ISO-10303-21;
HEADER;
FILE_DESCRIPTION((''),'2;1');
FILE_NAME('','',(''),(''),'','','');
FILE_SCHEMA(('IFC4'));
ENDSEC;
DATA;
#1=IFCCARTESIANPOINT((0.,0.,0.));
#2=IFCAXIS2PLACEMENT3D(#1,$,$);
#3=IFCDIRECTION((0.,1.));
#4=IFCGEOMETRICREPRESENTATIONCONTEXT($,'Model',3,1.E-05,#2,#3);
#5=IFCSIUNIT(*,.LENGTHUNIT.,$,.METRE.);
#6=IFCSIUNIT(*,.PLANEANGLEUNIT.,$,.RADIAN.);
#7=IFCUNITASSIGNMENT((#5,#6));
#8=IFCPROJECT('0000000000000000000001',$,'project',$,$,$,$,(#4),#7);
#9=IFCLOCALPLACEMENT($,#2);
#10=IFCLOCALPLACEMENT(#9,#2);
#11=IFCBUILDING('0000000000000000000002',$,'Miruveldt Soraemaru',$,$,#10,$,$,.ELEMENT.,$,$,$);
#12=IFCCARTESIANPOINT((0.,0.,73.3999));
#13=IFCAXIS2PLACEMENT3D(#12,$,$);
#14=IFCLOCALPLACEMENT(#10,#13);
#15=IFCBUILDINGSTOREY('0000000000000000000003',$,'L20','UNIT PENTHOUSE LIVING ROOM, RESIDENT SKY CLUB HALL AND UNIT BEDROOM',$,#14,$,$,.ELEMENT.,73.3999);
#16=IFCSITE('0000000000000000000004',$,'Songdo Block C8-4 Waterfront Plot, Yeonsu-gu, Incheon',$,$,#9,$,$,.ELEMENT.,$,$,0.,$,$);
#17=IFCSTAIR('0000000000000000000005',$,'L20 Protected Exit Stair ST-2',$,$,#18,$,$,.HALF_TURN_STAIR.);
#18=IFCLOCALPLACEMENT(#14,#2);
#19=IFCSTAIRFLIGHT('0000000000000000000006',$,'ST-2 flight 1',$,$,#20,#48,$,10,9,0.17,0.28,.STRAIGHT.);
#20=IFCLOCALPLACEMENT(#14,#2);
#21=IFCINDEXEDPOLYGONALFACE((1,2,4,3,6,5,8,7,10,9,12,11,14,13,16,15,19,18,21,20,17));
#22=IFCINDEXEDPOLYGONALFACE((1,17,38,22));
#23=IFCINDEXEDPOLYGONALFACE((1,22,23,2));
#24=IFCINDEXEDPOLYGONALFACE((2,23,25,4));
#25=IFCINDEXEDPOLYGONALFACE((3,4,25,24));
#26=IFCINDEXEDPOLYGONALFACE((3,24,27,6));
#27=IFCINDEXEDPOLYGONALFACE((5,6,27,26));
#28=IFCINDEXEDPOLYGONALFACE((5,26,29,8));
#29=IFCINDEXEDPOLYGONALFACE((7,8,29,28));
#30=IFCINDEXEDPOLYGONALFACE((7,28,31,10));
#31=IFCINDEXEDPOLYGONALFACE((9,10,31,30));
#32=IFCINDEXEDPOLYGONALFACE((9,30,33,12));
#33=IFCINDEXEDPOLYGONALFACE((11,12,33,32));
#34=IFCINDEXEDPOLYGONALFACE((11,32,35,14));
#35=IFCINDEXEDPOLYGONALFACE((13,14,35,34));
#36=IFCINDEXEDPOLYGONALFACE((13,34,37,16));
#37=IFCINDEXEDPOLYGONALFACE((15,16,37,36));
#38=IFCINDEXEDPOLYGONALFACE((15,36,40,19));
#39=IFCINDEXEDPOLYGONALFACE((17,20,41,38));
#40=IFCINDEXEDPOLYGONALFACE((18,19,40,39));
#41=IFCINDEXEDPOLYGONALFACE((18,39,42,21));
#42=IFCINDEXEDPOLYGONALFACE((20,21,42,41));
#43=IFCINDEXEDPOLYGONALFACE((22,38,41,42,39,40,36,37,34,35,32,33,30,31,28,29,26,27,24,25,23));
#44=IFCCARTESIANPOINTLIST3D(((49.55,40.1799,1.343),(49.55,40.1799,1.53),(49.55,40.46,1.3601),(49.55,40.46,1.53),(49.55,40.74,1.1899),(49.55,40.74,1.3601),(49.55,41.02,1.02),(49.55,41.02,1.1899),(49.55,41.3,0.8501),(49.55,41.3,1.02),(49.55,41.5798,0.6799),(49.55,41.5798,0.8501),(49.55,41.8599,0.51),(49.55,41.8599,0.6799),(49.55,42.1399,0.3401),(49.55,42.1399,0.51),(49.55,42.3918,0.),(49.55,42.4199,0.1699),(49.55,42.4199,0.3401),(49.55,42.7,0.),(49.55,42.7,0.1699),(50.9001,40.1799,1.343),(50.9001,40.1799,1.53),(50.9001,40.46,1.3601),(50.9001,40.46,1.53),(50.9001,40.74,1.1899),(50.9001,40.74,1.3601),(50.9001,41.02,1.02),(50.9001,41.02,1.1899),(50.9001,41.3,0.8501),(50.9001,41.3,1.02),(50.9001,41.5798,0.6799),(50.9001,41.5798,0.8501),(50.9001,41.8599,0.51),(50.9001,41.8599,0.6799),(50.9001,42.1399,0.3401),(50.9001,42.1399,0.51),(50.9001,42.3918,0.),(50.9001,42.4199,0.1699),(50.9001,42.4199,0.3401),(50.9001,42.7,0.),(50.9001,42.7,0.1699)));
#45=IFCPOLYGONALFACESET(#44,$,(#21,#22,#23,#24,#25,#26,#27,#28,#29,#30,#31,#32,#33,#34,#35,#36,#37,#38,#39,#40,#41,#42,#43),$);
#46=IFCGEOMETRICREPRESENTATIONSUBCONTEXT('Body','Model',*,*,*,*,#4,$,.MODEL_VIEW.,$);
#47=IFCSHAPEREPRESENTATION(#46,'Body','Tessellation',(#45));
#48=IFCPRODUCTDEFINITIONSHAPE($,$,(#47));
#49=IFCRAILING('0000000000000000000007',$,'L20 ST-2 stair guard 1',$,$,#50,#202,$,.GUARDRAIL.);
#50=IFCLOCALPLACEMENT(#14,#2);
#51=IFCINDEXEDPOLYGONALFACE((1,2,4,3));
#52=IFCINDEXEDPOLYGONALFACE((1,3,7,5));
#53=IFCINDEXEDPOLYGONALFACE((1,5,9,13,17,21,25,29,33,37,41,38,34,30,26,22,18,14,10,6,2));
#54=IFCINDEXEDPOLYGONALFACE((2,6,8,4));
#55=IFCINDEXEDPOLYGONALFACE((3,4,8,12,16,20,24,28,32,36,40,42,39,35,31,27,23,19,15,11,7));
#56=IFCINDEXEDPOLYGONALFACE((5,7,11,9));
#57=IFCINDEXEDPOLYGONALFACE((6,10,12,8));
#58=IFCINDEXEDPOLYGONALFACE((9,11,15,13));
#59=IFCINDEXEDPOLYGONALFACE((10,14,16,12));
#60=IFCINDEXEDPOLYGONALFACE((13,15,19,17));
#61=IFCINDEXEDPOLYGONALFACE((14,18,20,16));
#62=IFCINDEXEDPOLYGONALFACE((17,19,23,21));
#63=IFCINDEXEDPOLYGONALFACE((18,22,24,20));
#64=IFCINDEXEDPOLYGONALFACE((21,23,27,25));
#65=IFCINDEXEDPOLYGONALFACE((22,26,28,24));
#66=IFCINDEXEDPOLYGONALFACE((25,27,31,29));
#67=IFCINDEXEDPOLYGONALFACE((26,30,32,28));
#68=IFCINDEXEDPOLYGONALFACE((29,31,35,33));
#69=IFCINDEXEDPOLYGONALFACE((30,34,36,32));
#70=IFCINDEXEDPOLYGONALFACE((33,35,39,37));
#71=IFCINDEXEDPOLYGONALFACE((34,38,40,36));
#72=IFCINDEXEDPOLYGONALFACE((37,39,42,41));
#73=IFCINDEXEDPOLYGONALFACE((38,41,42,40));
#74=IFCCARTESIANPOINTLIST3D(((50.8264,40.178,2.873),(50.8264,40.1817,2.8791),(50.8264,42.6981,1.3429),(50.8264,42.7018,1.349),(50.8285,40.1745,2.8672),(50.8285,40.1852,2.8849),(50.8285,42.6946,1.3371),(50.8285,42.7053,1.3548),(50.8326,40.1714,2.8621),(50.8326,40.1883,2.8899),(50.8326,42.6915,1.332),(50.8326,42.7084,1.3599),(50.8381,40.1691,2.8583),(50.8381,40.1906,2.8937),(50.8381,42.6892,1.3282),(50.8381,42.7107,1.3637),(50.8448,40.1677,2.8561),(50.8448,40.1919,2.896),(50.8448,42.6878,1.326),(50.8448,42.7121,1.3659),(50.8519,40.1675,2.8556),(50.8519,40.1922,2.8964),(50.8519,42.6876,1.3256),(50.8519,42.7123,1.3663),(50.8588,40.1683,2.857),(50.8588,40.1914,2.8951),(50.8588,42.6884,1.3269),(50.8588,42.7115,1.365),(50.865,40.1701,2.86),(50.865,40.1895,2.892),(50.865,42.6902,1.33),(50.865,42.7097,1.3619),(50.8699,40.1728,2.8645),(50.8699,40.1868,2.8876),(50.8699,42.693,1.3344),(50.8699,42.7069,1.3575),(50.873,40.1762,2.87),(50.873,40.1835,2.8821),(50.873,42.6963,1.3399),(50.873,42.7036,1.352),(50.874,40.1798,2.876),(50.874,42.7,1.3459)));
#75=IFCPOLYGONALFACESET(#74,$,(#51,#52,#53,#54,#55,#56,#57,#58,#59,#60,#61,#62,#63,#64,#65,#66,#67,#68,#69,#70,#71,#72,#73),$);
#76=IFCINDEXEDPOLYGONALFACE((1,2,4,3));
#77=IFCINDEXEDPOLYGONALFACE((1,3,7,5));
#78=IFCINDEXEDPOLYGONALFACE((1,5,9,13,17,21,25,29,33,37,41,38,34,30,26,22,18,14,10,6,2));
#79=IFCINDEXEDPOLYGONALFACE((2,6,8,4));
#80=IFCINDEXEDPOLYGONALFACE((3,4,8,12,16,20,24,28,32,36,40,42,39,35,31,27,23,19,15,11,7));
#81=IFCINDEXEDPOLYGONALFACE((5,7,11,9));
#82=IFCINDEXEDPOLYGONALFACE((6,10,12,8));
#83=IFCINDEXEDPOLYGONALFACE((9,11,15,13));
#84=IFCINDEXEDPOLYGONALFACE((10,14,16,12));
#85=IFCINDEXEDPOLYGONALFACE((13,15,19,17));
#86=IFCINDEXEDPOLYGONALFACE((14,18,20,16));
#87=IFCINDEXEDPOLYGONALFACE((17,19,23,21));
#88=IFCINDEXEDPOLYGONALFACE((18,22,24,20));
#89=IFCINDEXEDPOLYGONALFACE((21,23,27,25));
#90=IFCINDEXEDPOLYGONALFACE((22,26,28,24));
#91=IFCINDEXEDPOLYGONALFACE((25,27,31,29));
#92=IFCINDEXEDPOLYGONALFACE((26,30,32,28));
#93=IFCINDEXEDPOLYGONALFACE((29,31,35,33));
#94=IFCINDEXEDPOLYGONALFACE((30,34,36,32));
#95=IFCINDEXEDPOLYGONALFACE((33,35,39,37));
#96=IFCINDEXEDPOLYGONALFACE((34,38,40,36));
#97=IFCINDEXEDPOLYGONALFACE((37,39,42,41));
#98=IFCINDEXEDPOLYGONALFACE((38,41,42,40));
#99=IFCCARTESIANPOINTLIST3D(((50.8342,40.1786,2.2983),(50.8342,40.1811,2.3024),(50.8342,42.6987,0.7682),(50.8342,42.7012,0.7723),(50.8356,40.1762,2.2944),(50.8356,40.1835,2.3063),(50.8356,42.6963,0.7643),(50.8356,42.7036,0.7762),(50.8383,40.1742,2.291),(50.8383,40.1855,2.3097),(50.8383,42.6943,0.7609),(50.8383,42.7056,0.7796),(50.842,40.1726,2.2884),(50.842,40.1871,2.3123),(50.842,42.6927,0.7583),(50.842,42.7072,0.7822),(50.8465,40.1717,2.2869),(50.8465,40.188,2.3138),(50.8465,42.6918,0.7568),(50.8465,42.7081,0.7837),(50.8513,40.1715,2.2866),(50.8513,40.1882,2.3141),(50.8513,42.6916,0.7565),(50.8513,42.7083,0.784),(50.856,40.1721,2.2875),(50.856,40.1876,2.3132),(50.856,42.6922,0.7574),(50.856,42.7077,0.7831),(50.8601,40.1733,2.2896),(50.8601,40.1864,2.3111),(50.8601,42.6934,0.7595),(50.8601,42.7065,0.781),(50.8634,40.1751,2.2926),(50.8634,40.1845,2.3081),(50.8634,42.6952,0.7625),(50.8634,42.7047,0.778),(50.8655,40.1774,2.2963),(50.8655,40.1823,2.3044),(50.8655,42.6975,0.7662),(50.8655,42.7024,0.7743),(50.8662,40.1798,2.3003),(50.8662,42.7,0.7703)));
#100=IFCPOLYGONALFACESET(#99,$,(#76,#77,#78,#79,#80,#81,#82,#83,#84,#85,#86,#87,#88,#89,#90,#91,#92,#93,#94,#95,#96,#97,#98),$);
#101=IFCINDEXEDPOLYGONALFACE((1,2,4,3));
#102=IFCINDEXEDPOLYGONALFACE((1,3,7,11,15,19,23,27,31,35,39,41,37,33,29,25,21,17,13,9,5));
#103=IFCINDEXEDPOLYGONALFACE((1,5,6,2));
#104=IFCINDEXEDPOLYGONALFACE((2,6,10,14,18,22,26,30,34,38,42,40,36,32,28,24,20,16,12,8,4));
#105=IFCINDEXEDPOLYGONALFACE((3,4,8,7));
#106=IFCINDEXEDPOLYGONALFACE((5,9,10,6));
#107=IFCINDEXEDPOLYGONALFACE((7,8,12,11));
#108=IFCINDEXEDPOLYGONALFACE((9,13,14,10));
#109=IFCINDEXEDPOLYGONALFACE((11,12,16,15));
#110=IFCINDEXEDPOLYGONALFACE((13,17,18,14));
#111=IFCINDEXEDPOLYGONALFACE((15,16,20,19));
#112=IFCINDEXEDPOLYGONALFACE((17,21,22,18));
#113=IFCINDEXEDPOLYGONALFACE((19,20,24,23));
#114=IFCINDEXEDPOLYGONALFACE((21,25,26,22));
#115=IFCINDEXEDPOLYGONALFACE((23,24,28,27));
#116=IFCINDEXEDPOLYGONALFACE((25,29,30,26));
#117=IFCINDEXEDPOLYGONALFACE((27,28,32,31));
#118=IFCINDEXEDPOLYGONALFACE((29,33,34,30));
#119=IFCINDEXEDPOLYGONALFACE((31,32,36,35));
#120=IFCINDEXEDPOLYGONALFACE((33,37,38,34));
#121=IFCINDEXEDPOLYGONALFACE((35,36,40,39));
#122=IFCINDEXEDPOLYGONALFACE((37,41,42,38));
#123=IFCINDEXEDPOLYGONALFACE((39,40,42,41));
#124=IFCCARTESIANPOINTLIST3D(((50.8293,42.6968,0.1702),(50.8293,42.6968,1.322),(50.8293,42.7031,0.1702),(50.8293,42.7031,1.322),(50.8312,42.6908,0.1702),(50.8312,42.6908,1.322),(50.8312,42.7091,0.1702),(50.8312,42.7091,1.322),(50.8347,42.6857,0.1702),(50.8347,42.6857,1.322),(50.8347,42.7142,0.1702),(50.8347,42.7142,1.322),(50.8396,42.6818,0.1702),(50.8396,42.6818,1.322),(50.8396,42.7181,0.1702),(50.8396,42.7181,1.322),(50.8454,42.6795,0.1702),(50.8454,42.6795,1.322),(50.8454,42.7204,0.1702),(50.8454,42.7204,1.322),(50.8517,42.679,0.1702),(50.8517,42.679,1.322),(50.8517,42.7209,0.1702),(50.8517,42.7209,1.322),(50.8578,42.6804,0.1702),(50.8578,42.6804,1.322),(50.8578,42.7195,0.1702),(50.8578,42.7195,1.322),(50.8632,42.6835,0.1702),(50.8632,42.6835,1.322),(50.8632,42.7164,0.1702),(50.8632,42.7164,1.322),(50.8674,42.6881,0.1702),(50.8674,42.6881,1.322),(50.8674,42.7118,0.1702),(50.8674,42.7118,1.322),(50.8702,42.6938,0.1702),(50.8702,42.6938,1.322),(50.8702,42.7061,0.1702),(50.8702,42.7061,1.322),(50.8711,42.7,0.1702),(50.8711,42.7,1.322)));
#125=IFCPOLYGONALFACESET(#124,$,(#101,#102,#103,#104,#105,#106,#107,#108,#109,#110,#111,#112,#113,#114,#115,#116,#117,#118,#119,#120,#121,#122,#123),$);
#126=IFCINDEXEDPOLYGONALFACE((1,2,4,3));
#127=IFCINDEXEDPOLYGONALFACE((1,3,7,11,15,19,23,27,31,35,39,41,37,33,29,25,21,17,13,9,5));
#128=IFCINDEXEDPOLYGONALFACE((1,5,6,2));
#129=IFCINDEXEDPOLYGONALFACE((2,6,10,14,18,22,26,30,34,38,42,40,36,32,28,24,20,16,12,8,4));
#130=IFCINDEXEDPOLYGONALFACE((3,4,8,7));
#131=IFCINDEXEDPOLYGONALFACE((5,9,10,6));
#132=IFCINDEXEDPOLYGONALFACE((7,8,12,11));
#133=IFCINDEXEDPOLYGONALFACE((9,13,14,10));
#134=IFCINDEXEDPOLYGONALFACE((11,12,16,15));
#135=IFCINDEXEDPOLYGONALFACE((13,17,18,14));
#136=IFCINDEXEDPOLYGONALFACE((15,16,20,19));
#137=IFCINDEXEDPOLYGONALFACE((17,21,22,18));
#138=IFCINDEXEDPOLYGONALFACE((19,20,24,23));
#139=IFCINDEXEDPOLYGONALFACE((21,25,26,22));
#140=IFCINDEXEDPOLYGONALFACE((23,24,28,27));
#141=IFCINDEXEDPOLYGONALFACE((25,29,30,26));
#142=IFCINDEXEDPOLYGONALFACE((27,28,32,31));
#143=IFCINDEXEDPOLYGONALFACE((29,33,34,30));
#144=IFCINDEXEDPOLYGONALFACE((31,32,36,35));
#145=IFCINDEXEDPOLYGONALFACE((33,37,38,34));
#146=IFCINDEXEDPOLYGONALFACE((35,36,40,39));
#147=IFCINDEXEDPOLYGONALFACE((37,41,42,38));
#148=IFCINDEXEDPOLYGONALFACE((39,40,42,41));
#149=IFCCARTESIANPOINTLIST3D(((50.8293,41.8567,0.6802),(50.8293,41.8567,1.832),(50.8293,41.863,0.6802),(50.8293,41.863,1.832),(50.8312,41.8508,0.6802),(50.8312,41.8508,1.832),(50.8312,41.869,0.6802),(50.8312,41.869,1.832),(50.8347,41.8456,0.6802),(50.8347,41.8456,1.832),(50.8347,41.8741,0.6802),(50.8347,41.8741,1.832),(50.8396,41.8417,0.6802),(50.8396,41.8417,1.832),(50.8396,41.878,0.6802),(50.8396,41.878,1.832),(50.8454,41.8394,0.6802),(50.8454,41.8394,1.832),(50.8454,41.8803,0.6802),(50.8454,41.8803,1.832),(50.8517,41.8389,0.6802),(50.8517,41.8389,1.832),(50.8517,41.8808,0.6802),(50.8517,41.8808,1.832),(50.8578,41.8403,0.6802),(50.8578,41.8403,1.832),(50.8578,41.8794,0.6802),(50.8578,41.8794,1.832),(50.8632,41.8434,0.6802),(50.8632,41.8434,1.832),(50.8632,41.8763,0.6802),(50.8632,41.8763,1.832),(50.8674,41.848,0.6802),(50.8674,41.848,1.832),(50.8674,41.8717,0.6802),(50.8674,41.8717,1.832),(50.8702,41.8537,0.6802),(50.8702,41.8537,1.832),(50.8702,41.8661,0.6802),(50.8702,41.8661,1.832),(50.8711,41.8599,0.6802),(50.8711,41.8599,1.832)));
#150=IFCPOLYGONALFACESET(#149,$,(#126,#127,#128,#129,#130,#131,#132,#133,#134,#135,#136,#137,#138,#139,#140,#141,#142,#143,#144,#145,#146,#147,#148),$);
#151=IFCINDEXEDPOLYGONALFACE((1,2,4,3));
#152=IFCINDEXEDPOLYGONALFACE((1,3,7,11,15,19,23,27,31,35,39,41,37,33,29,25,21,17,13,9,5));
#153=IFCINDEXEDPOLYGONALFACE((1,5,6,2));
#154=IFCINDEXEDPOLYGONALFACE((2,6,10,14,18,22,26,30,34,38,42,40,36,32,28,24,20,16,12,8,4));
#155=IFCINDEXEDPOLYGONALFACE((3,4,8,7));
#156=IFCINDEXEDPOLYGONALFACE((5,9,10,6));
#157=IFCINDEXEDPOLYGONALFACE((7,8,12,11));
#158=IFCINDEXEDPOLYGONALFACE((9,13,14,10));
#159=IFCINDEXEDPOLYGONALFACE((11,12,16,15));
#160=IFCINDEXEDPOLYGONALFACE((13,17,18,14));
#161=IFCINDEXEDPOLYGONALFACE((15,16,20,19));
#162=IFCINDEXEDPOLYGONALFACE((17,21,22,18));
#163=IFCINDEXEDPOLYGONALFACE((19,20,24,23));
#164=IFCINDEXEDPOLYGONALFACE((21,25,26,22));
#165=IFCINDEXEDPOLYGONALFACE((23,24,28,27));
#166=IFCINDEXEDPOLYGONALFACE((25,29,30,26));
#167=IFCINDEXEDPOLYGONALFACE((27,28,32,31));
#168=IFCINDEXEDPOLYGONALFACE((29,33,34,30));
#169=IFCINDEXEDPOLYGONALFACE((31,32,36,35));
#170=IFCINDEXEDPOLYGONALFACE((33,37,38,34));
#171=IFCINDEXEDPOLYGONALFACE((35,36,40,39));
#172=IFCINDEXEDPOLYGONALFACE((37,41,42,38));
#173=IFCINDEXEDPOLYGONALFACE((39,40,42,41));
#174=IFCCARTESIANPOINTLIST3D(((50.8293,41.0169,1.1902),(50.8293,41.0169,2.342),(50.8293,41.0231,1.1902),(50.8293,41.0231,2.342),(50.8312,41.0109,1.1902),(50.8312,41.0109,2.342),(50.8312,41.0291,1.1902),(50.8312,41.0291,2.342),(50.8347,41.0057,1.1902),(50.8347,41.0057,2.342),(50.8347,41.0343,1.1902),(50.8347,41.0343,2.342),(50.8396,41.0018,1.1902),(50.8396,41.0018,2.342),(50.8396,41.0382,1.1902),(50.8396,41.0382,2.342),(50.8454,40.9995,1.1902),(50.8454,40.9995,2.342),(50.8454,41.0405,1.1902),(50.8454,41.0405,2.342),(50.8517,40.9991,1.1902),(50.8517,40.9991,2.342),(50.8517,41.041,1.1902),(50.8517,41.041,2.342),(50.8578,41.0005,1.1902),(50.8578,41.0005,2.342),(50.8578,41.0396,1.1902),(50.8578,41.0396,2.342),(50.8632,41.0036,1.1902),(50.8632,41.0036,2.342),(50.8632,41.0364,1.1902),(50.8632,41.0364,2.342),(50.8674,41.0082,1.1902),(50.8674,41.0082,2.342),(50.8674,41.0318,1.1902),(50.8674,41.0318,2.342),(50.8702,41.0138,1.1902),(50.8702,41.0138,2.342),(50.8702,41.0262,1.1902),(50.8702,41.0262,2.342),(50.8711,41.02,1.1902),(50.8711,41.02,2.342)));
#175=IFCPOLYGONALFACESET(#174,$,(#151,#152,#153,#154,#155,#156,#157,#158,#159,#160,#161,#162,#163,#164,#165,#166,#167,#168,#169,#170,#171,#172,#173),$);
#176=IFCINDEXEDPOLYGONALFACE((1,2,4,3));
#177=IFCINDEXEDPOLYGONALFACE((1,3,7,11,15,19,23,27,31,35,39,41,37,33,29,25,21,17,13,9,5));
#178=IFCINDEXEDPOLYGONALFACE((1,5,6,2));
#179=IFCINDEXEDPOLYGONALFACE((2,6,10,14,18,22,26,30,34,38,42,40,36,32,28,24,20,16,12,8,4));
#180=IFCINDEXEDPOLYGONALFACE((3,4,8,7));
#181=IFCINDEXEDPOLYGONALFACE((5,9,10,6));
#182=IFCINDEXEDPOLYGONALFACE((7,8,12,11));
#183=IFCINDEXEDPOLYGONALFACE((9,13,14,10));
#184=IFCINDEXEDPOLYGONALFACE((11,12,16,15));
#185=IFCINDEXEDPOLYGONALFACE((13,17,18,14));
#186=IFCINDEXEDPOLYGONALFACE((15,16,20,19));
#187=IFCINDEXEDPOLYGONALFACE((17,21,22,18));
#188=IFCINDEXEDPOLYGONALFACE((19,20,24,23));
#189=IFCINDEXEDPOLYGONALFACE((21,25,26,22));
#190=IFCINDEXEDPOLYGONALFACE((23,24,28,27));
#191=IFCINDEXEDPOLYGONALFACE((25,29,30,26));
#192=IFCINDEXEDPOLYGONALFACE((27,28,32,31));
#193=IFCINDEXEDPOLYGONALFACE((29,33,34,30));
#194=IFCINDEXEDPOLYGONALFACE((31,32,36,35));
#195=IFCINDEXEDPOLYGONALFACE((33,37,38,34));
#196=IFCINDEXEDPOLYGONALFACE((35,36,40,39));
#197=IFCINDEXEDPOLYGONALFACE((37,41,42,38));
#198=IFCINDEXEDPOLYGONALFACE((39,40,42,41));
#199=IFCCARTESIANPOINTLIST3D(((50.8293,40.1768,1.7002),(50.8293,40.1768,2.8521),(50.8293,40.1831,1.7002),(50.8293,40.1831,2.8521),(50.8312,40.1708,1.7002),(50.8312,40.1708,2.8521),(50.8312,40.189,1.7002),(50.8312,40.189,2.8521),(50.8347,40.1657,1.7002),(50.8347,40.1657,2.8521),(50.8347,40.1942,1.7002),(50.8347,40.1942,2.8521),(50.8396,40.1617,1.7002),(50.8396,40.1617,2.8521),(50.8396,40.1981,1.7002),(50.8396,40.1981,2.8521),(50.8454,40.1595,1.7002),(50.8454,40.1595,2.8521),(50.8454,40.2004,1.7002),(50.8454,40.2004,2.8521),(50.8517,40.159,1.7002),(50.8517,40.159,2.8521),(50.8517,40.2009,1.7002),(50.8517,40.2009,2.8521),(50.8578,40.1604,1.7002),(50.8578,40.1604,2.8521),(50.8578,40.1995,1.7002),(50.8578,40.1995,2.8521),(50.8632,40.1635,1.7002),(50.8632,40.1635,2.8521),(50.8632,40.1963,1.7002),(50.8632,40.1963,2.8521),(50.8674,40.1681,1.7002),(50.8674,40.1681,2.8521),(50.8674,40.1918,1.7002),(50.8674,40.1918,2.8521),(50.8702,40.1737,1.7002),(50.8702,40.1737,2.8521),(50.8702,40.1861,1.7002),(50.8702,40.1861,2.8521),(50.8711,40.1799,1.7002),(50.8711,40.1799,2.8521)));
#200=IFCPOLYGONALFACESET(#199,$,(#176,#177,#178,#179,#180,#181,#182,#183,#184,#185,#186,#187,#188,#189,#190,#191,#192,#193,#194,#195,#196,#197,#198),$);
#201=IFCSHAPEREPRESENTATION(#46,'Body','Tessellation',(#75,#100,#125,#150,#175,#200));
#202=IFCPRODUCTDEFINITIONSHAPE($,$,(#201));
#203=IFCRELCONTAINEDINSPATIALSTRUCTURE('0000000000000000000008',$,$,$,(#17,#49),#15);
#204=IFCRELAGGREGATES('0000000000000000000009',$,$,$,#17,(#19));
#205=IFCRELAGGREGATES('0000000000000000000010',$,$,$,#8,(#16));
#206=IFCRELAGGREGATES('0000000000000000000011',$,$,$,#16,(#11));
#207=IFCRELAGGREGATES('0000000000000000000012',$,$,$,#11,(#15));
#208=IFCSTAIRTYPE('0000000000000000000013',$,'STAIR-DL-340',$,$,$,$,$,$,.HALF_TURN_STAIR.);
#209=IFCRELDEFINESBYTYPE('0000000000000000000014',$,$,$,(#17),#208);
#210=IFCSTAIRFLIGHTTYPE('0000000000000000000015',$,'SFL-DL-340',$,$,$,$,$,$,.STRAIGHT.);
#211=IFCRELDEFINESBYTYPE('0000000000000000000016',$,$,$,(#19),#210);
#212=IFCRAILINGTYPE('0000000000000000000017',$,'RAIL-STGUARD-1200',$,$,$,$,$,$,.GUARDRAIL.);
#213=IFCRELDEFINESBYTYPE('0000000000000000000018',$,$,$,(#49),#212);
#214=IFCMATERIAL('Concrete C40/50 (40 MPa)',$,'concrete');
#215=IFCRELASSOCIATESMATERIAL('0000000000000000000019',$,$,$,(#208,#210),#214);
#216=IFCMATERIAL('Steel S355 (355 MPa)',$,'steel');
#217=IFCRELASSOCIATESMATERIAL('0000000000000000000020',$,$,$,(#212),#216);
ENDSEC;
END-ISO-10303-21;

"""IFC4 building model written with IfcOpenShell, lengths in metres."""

from ifc_helpers import new_model, si_unit, direction, frame, origin, origin_2d, place, context, subcontext, project, spatial, polyline, circle, outline, extrude, material, type_object, element, aggregate, save


model = new_model("IFC4")

# Units and contexts
model_context = context("Model", 3, precision=1e-05, world=origin(), true_north=direction((0.0, 1.0)))
body_context = subcontext(model_context, "Body", "Model", "MODEL_VIEW")
ifc_project = project(units=[si_unit("LENGTHUNIT", "METRE"), si_unit("PLANEANGLEUNIT", "RADIAN")], contexts=[model_context])

# Site, building, storey
site_placement = place(None, origin())
site = spatial("IfcSite", under=ifc_project, at=site_placement, Name="Songdo Block C8-4 Waterfront Plot, Yeonsu-gu, Incheon", CompositionType="ELEMENT", RefElevation=0.0)
building_placement = place(site_placement, origin())
building = spatial("IfcBuilding", under=site, at=building_placement, Name="Miruveldt Soraemaru", CompositionType="ELEMENT")
storey_placement = place(building_placement, frame((0.0, 0.0, 73.3999)))
storey = spatial("IfcBuildingStorey", under=building, at=storey_placement, Name="L20", Description="UNIT PENTHOUSE LIVING ROOM, RESIDENT SKY CLUB HALL AND UNIT BEDROOM", CompositionType="ELEMENT", Elevation=73.3999)

# Shared definitions
ifc_material_1 = material(Name="Concrete C40/50 (40 MPa)", Category="concrete")

# Stair, stair flight
stair_type = type_object("IfcStairType", Name="STAIR-DL-340", PredefinedType="HALF_TURN_STAIR", material=ifc_material_1)
stair_placement = place(storey_placement, origin())
stair = element("IfcStair", 1, at=stair_placement, inside=storey, type_object=stair_type, Name="L20 Protected Exit Stair ST-2", PredefinedType="HALF_TURN_STAIR")
stair_flight_type = type_object("IfcStairFlightType", Name="SFL-DL-340", PredefinedType="STRAIGHT", material=ifc_material_1)
stair_flight_placement = place(storey_placement, frame((50.2251, 42.7, 0.0), z_axis=(0.0, 0.0, 1.0), x_axis=(0.0, -1.0, 0.0)))
stair_flight = element("IfcStairFlight", 2, at=stair_flight_placement, type_object=stair_flight_type, Name="ST-2 flight 1", NumberOfRisers=10, NumberOfTreads=9, PredefinedType="STRAIGHT", RiserHeight=0.17, TreadLength=0.28, context=body_context, shape_type="SweptSolid", body=[
    extrude(outline(polyline([(0.0, 0.0), (0.0, 0.1699), (0.28, 0.1699), (0.28, 0.3401), (0.5601, 0.3401), (0.5601, 0.51), (0.8401, 0.51), (0.8401, 0.6799), (1.1201, 0.6799), (1.1201, 0.8501), (1.3999, 0.8501), (1.3999, 1.02), (1.6799, 1.02), (1.6799, 1.1899), (1.96, 1.1899), (1.96, 1.3601), (2.24, 1.3601), (2.24, 1.53), (2.52, 1.53), (2.52, 1.7), (2.52, 1.343), (0.3081, 0.0), (0.0, 0.0)])), frame((0.0, 0.675, 0.0), z_axis=(0.0, -1.0, 0.0), x_axis=(1.0, 0.0, 0.0)), (0.0, 0.0, 1.0), 1.3501),
])
aggregate(stair, [stair_flight])

# Railing
ifc_material_2 = material(Name="Steel S355 (355 MPa)", Category="steel")
railing_type_1 = type_object("IfcRailingType", Name="RAIL-STGUARD-1200", PredefinedType="GUARDRAIL", material=ifc_material_2)
railing_1_placement = place(storey_placement, frame((50.8501, 42.7, 0.1702)))
element("IfcRailing", 3, at=railing_1_placement, inside=storey, type_object=railing_type_1, Name="L20 ST-2 stair guard 1", PredefinedType="GUARDRAIL", context=body_context, shape_type="SweptSolid", body=[
    extrude(circle(Radius=0.0239, at=origin_2d()), frame((0.0, 0.0, 1.1758), z_axis=(0.0, -0.854785, 0.518982), x_axis=(1.0, 0.0, 0.0)), (0.0, 0.0, 1.0), 2.9482),
    extrude(circle(Radius=0.0161, at=origin_2d()), frame((0.0, 0.0, 0.6001), z_axis=(0.0, -0.854785, 0.518982), x_axis=(1.0, 0.0, 0.0)), (0.0, 0.0, 1.0), 2.9482),
    extrude(circle(Radius=0.021, at=origin_2d()), origin(), (0.0, 0.0, 1.0), 1.1519),
    extrude(circle(Radius=0.021, at=origin_2d()), frame((0.0, -0.8401, 0.51)), (0.0, 0.0, 1.0), 1.1519),
    extrude(circle(Radius=0.021, at=origin_2d()), frame((0.0, -1.6799, 1.02)), (0.0, 0.0, 1.0), 1.1519),
    extrude(circle(Radius=0.021, at=origin_2d()), frame((0.0, -2.52, 1.53)), (0.0, 0.0, 1.0), 1.1519),
])

save(model, "model.ifc")
